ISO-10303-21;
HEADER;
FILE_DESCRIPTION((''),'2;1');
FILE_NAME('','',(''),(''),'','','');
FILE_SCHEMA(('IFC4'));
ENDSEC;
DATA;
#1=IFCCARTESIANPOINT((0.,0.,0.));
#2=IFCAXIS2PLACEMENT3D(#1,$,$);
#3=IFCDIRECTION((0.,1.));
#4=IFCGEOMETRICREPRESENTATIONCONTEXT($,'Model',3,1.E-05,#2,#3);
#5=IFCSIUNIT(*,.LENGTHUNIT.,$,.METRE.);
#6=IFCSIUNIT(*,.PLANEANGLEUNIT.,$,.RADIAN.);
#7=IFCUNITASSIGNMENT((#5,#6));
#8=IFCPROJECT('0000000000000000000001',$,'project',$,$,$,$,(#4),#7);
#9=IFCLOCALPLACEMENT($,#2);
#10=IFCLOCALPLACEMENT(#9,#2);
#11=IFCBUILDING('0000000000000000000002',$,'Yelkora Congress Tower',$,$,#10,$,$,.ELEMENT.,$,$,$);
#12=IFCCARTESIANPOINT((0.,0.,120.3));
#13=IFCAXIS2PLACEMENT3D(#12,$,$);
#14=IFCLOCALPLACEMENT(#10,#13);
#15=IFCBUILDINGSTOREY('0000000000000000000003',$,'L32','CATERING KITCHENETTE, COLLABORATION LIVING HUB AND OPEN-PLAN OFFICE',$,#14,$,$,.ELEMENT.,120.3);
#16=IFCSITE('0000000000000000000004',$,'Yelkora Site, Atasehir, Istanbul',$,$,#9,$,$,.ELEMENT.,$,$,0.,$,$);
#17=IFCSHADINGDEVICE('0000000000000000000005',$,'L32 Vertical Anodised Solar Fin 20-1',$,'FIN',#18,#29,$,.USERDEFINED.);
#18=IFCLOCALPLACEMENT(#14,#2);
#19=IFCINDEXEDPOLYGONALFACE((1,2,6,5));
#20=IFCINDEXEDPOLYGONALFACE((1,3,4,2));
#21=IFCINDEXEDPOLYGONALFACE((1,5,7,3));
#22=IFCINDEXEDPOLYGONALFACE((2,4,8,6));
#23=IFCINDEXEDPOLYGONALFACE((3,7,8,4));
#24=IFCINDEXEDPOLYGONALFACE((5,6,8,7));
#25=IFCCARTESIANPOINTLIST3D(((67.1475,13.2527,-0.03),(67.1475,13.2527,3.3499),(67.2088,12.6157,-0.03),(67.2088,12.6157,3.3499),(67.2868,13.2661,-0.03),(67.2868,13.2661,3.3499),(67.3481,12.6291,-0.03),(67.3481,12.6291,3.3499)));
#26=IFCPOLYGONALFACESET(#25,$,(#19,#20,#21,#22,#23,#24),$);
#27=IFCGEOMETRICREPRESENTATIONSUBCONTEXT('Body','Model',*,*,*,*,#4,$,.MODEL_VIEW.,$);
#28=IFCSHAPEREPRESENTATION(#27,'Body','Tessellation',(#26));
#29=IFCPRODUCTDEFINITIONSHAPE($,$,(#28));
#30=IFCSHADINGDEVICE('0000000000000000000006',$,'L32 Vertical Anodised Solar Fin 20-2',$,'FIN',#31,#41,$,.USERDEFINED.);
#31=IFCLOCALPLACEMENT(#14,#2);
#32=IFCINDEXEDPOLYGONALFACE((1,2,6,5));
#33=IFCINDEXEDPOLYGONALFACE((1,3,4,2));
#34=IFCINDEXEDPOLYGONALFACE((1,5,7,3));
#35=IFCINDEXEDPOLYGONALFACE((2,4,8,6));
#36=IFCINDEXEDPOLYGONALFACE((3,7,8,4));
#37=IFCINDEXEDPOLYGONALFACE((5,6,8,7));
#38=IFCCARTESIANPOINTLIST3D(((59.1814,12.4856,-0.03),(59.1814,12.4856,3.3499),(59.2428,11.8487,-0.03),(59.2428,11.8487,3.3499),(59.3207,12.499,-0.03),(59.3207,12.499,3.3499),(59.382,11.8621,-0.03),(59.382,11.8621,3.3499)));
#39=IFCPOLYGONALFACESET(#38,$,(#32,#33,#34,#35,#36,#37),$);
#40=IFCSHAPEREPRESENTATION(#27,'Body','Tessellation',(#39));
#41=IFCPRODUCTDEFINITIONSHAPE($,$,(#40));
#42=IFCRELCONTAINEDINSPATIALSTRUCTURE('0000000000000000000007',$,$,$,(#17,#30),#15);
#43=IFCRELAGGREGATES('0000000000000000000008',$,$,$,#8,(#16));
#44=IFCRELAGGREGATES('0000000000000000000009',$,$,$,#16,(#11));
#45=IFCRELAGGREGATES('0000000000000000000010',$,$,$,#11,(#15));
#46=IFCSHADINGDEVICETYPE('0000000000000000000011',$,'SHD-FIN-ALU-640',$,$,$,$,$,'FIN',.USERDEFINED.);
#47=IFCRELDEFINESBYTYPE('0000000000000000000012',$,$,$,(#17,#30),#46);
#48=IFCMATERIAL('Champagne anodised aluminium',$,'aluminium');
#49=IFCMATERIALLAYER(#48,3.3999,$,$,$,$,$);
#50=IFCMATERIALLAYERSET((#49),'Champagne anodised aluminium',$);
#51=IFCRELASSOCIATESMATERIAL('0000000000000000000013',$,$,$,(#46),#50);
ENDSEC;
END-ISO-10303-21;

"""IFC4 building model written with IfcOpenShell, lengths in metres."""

from ifc_helpers import new_model, si_unit, direction, frame, origin, origin_2d, place, context, subcontext, project, spatial, rectangle, extrude, material, layer, layer_set, type_object, element, save


model = new_model("IFC4")

# Units and contexts
model_context = context("Model", 3, precision=1e-05, world=origin(), true_north=direction((0.0, 1.0)))
body_context = subcontext(model_context, "Body", "Model", "MODEL_VIEW")
ifc_project = project(units=[si_unit("LENGTHUNIT", "METRE"), si_unit("PLANEANGLEUNIT", "RADIAN")], contexts=[model_context])

# Site, building, storey
site_placement = place(None, origin())
site = spatial("IfcSite", under=ifc_project, at=site_placement, Name="Yelkora Site, Atasehir, Istanbul", CompositionType="ELEMENT", RefElevation=0.0)
building_placement = place(site_placement, origin())
building = spatial("IfcBuilding", under=site, at=building_placement, Name="Yelkora Congress Tower", CompositionType="ELEMENT")
storey_placement = place(building_placement, frame((0.0, 0.0, 120.3)))
storey = spatial("IfcBuildingStorey", under=building, at=storey_placement, Name="L32", Description="CATERING KITCHENETTE, COLLABORATION LIVING HUB AND OPEN-PLAN OFFICE", CompositionType="ELEMENT", Elevation=120.3)

# Shading devices
ifc_material_1 = material(Name="Champagne anodised aluminium", Category="aluminium")
ifc_layer_1 = layer(ifc_material_1, 3.3999)
ifc_layer_set_1 = layer_set([ifc_layer_1], Name="Champagne anodised aluminium")
shading_device_type = type_object("IfcShadingDeviceType", Name="SHD-FIN-ALU-640", ElementType="FIN", PredefinedType="USERDEFINED", material=ifc_layer_set_1)
for number, where, z_axis, x_axis, name in (
    (1, (67.2478, 12.9409, -0.03), (0.0, 0.0, 1.0), (-0.995396, -0.095846, 0.0), "L32 Vertical Anodised Solar Fin 20-1"),
    (2, (59.2817, 12.1738, -0.03), (0.0, 0.0, 1.0), (-0.995396, -0.095846, 0.0), "L32 Vertical Anodised Solar Fin 20-2"),
):
    element("IfcShadingDevice", number, at=place(storey_placement, frame(where, z_axis=z_axis, x_axis=x_axis)), inside=storey, type_object=shading_device_type, Name=name, ObjectType="FIN", PredefinedType="USERDEFINED", context=body_context, shape_type="SweptSolid", body=[
        extrude(rectangle(XDim=0.1399, YDim=0.6399, at=origin_2d()), origin(), (0.0, 0.0, 1.0), 3.3799),
    ])

save(model, "model.ifc")
